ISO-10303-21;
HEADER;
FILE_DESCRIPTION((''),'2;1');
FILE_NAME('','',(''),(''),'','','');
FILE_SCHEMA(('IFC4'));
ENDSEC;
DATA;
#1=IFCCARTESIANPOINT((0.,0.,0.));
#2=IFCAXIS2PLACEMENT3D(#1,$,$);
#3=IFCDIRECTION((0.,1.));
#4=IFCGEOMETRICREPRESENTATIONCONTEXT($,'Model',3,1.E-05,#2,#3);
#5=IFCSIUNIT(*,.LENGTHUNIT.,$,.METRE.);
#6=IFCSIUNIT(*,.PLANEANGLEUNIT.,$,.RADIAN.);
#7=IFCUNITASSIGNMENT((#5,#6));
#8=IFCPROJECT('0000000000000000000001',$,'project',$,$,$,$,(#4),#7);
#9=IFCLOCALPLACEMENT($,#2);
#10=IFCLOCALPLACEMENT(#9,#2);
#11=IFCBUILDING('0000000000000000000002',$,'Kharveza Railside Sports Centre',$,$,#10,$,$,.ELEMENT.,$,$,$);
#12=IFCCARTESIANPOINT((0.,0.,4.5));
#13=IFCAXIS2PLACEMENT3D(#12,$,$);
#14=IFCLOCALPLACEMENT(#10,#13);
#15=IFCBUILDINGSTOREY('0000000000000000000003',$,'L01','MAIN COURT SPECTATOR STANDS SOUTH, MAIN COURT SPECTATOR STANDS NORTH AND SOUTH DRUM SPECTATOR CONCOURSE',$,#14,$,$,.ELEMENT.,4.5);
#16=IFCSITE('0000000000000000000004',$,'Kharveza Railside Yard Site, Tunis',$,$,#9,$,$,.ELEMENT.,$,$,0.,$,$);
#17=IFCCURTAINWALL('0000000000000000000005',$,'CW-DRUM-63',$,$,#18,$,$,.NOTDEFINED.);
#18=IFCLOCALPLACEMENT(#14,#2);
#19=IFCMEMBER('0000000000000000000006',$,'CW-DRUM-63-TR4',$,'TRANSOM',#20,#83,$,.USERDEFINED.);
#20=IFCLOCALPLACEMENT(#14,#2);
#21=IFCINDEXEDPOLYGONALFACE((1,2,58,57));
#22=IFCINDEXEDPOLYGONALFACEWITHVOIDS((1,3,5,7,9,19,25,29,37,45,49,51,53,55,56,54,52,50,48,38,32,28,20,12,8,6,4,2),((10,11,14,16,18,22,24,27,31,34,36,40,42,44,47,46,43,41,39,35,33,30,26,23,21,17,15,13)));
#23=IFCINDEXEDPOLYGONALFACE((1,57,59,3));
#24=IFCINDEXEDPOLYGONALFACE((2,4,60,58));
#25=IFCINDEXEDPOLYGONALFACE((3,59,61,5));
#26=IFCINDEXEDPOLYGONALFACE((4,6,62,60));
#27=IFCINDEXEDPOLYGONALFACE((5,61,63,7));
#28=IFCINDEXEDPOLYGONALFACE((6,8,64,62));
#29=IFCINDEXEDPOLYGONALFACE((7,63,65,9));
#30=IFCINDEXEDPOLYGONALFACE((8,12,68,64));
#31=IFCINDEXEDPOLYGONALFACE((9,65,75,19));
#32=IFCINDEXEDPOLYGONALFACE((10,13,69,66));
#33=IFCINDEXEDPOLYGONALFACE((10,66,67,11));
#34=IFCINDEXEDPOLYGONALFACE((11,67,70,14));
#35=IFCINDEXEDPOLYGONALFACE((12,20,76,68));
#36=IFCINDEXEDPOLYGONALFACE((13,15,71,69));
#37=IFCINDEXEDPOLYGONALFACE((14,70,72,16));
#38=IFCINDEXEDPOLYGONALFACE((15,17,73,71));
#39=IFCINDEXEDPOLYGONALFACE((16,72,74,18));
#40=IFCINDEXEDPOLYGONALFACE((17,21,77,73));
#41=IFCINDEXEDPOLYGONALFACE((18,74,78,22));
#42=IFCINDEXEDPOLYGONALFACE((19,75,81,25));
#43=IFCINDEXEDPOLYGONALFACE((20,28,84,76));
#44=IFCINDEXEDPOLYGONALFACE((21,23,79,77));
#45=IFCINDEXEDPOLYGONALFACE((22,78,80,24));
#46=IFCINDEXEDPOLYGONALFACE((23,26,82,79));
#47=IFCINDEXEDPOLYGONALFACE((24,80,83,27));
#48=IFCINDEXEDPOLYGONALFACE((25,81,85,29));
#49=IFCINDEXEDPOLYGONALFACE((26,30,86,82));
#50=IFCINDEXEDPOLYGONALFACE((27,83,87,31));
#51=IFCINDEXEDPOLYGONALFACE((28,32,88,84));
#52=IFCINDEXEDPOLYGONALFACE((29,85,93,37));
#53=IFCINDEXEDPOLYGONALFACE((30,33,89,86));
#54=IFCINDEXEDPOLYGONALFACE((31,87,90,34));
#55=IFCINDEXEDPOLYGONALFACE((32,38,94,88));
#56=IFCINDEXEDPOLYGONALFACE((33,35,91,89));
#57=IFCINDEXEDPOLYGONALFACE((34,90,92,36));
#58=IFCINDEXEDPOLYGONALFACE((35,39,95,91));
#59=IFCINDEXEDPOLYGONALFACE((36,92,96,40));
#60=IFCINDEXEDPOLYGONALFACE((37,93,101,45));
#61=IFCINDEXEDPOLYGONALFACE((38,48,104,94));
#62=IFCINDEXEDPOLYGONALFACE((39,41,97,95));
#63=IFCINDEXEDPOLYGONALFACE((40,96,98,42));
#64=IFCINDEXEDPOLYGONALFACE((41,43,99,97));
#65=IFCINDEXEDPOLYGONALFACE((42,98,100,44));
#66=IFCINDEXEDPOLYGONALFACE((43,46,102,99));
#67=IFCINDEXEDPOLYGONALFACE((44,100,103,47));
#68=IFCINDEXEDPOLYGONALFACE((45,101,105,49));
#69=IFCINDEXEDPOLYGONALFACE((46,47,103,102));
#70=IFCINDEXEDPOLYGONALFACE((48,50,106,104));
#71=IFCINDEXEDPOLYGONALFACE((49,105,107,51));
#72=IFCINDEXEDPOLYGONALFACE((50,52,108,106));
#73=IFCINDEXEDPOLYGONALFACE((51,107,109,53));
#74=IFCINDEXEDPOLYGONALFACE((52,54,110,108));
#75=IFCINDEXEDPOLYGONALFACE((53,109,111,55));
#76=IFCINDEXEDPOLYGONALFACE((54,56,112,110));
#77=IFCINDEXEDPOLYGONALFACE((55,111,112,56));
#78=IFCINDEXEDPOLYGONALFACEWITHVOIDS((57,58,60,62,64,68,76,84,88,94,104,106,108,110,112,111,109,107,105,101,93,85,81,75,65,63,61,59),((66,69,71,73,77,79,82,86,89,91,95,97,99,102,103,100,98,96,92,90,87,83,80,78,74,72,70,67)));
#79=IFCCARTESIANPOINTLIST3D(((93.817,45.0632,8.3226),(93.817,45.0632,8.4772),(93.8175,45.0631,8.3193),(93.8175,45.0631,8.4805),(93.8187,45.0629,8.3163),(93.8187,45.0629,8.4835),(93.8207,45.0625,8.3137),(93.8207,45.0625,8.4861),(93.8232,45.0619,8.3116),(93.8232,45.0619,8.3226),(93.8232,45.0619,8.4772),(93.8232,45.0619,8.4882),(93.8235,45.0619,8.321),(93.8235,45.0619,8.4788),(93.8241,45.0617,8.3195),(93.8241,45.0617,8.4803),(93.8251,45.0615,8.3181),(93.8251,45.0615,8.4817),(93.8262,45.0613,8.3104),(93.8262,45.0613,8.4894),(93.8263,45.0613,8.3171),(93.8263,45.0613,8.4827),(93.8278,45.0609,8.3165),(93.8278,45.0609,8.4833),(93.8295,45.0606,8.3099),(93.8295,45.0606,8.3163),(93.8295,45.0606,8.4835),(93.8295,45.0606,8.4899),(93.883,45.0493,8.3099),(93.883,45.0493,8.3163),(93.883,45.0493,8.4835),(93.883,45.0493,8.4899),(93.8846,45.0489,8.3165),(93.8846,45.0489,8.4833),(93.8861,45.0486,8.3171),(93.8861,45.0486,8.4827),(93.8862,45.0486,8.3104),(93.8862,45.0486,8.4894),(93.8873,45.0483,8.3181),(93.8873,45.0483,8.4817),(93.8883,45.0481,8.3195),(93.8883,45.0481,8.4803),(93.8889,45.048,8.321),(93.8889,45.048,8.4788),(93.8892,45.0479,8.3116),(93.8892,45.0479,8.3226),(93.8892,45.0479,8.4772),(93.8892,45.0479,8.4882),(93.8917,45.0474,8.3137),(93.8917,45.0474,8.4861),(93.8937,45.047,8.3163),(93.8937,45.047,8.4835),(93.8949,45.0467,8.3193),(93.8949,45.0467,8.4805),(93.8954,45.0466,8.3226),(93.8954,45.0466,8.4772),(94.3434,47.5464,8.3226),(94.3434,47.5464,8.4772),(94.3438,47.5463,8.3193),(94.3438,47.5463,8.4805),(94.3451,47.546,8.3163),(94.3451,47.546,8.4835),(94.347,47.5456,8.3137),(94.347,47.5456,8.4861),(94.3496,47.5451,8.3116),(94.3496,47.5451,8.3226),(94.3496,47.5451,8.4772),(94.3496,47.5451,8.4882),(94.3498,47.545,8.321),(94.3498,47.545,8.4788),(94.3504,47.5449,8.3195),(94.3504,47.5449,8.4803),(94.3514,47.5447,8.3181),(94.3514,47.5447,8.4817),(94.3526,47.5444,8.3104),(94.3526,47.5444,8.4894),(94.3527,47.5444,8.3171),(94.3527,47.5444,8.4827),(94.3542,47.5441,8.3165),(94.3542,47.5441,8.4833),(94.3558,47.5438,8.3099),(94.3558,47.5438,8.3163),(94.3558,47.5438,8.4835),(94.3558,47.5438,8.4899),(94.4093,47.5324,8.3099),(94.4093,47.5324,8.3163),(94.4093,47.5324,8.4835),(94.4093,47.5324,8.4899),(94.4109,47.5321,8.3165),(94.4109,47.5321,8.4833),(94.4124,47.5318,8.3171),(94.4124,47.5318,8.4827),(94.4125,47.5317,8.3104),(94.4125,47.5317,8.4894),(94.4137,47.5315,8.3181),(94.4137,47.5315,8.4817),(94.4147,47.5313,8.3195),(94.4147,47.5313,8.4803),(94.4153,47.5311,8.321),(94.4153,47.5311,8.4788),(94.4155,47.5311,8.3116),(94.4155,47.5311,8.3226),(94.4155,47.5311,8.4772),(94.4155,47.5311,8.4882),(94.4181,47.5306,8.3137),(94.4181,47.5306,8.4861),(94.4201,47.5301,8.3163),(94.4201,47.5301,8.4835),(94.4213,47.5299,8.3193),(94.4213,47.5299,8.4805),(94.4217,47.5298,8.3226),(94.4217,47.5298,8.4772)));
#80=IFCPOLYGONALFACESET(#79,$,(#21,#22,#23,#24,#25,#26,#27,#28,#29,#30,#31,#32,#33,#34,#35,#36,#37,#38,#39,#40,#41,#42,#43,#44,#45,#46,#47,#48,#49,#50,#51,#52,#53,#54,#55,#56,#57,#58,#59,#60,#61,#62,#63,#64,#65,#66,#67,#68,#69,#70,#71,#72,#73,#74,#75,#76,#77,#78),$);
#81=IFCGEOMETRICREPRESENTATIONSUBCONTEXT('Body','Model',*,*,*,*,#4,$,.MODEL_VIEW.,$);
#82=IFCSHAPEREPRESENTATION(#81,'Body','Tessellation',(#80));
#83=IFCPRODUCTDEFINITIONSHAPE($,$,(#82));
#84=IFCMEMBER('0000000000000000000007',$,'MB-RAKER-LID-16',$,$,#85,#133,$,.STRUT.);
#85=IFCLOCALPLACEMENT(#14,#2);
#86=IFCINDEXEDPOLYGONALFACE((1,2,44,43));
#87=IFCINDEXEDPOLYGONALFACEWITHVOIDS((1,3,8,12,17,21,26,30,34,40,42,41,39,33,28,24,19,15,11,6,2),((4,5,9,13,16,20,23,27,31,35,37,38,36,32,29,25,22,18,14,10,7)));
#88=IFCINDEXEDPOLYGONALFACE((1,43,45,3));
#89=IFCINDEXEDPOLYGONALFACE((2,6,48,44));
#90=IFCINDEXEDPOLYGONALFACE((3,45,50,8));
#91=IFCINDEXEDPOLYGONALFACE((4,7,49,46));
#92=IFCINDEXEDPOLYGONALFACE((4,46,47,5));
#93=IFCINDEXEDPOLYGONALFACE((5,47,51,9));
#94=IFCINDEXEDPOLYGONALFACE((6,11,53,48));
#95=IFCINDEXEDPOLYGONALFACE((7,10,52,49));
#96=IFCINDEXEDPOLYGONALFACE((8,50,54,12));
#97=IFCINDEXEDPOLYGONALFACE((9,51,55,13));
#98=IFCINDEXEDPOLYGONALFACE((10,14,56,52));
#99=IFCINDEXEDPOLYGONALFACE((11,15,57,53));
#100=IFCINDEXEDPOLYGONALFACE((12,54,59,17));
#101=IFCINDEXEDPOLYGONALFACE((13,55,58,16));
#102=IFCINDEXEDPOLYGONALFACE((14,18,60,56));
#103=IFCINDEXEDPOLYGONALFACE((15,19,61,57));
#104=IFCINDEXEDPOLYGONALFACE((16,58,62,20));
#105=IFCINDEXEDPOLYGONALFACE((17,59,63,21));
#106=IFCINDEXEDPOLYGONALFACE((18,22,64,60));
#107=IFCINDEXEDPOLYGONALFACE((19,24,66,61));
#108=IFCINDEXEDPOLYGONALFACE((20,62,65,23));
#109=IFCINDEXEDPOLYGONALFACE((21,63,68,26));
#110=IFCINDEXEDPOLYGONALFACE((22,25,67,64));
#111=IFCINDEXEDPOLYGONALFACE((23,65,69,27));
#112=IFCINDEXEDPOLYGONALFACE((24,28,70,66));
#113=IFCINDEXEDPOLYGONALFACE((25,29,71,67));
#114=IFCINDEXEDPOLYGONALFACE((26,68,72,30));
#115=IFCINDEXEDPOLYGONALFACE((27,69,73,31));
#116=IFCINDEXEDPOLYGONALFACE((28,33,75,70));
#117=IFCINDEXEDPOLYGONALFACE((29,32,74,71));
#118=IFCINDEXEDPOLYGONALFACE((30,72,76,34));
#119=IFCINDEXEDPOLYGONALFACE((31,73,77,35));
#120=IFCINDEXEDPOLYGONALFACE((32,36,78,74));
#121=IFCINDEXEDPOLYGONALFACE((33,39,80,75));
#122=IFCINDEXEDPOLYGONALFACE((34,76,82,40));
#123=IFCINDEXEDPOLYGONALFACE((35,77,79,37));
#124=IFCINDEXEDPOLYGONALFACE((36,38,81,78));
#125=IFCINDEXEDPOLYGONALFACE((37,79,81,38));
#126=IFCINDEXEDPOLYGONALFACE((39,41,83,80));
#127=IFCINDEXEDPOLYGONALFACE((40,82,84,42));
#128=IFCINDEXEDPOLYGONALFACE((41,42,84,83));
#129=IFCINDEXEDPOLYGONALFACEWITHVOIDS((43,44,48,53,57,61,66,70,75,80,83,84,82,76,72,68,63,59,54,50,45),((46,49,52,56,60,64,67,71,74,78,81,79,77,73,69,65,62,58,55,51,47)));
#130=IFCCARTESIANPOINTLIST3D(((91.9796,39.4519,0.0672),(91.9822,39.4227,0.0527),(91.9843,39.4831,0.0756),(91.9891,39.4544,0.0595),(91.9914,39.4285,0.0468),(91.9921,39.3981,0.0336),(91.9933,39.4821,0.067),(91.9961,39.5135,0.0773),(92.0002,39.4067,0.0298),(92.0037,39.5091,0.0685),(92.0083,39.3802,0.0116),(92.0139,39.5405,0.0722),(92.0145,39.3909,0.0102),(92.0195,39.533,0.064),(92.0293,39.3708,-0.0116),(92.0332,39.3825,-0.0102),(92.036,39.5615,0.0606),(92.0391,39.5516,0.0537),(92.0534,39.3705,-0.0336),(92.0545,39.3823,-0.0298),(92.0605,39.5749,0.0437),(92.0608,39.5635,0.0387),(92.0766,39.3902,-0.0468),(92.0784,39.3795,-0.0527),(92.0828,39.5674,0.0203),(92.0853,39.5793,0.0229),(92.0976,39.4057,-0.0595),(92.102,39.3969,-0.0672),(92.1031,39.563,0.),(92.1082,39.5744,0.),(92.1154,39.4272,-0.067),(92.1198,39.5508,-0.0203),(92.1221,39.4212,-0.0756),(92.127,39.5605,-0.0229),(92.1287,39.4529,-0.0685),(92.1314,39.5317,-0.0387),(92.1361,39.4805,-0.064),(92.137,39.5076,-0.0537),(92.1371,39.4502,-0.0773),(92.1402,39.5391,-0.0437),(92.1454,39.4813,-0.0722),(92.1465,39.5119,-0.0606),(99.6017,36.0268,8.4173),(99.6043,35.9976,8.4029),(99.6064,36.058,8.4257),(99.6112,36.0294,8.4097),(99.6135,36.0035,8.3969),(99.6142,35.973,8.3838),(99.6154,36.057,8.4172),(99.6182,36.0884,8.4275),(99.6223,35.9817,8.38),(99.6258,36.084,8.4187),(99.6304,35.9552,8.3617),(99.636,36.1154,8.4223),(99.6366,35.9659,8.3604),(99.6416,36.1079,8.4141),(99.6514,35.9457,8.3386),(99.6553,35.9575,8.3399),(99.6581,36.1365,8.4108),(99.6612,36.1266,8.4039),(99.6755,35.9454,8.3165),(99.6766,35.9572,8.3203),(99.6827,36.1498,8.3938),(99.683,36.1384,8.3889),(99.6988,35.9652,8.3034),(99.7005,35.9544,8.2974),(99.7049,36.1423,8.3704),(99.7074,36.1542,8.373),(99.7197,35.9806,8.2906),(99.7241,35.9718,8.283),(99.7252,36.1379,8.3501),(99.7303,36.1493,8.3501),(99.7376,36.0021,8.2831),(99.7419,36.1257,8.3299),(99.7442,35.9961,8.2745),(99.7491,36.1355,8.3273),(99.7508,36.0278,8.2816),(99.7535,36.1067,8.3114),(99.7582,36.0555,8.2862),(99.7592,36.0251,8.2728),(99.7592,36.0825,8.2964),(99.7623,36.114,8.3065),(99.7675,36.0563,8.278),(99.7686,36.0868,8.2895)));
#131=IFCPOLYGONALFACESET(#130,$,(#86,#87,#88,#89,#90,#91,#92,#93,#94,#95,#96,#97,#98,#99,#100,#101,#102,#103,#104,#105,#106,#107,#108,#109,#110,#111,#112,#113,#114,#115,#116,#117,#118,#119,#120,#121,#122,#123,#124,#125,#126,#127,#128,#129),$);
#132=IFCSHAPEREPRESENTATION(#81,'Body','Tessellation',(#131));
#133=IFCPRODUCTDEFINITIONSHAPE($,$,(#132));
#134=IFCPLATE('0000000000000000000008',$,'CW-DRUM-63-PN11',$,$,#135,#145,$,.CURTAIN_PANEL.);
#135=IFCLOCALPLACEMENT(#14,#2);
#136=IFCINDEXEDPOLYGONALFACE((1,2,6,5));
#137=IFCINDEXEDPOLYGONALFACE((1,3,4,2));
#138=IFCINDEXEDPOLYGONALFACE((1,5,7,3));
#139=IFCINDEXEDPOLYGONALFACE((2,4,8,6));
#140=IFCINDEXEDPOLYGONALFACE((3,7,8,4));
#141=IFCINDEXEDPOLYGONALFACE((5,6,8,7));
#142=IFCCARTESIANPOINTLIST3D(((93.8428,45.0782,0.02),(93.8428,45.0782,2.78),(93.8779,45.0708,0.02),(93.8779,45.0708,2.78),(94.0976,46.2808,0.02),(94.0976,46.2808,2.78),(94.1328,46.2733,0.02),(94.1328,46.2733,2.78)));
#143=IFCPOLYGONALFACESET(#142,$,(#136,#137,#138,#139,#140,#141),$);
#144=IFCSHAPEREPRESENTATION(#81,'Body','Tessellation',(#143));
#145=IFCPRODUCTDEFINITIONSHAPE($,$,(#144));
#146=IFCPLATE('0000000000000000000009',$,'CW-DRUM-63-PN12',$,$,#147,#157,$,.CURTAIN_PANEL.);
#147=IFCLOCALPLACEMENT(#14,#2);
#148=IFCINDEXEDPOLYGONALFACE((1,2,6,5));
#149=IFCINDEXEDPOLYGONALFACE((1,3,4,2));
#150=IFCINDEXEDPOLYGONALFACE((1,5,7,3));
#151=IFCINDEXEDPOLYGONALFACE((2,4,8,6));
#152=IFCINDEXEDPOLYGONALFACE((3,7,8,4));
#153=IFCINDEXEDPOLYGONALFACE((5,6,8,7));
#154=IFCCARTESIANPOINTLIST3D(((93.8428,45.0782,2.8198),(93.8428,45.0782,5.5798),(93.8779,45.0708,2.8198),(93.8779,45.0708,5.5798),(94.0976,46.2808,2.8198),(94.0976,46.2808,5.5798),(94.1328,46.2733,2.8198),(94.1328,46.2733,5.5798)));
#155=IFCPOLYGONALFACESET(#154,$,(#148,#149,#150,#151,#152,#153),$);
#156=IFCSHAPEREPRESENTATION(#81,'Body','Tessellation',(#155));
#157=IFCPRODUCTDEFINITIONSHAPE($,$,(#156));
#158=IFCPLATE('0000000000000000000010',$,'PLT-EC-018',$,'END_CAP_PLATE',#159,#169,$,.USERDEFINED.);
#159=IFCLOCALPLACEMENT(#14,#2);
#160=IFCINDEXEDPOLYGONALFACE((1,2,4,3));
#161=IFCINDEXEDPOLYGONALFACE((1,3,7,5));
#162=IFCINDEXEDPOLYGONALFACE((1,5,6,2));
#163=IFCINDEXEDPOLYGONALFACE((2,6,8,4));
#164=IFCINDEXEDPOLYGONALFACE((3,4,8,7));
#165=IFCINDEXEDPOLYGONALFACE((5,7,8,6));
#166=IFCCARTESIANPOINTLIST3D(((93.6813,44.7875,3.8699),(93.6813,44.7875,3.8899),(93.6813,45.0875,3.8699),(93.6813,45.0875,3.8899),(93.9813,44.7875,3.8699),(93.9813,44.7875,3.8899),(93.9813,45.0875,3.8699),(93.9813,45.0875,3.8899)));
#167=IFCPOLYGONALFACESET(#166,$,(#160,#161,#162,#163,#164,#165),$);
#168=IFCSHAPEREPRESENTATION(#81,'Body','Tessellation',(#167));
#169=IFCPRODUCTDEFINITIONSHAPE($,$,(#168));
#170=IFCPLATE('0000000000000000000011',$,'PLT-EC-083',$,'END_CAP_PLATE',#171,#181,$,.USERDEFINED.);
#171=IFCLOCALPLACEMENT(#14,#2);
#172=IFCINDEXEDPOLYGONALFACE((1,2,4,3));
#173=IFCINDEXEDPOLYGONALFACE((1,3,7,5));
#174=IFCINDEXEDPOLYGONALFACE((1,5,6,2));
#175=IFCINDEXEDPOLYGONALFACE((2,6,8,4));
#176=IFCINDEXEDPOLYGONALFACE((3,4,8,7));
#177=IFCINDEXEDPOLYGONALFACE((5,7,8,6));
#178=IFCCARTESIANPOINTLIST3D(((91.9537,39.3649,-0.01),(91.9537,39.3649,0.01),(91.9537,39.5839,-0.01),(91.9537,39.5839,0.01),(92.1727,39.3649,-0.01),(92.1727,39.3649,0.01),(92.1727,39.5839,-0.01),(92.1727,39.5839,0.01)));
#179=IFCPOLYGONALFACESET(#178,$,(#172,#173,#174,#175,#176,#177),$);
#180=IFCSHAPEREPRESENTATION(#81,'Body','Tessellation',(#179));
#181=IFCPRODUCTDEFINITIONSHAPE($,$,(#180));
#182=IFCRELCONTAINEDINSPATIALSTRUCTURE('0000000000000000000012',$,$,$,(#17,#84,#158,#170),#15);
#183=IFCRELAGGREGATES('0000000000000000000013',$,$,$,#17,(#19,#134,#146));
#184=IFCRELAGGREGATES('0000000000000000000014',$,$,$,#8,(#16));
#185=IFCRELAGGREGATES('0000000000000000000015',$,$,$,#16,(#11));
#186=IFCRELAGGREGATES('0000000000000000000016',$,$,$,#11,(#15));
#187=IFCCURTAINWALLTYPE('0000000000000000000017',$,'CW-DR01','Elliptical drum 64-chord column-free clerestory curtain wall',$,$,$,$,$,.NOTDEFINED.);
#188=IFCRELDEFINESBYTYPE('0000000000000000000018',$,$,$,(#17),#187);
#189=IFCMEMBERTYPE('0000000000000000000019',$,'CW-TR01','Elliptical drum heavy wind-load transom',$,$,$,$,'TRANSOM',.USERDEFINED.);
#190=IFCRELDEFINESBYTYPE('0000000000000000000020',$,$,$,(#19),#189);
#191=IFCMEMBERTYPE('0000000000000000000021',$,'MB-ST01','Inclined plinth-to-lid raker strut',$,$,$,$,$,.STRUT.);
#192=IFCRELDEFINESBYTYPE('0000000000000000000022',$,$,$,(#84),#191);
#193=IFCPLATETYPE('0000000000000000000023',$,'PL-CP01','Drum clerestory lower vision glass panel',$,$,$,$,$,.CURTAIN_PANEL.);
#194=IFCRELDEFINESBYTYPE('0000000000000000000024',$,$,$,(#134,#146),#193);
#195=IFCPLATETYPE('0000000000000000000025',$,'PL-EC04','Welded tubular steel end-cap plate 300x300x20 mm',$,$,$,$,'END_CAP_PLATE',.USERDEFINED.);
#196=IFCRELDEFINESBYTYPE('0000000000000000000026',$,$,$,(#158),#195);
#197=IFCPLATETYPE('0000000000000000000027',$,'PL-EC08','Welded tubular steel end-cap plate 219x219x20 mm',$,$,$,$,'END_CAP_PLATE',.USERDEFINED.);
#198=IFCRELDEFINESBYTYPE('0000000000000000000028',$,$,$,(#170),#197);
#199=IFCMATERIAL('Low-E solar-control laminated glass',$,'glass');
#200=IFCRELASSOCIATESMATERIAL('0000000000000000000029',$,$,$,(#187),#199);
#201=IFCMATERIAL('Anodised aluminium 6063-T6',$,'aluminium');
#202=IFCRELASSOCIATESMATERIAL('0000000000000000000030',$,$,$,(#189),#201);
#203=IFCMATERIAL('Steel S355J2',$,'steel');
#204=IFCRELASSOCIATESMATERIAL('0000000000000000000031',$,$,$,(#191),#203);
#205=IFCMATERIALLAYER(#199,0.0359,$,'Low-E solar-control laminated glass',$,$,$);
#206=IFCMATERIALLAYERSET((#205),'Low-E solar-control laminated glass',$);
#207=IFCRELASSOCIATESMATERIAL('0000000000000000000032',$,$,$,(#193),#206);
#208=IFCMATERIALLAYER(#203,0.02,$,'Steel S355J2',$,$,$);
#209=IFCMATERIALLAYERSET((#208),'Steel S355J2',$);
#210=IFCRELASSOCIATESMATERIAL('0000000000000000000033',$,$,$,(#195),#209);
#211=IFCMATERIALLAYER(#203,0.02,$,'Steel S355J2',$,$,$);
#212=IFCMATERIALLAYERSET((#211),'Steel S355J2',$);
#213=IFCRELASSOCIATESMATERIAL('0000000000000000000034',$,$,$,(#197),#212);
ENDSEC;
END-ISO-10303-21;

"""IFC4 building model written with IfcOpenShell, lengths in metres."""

from ifc_helpers import new_model, si_unit, direction, frame, origin, origin_2d, place, context, subcontext, project, spatial, rectangle, hollow_rectangle, hollow_circle, extrude, material, layer, layer_set, material_profile, profile_set, type_object, element, aggregate, save


model = new_model("IFC4")

# Units and contexts
model_context = context("Model", 3, precision=1e-05, world=origin(), true_north=direction((0.0, 1.0)))
body_context = subcontext(model_context, "Body", "Model", "MODEL_VIEW")
ifc_project = project(units=[si_unit("LENGTHUNIT", "METRE"), si_unit("PLANEANGLEUNIT", "RADIAN")], contexts=[model_context])

# Site, building, storey
site_placement = place(None, origin())
site = spatial("IfcSite", under=ifc_project, at=site_placement, Name="Kharveza Railside Yard Site, Tunis", CompositionType="ELEMENT", RefElevation=0.0)
building_placement = place(site_placement, origin())
building = spatial("IfcBuilding", under=site, at=building_placement, Name="Kharveza Railside Sports Centre", CompositionType="ELEMENT")
storey_placement = place(building_placement, frame((0.0, 0.0, 4.5)))
storey = spatial("IfcBuildingStorey", under=building, at=storey_placement, Name="L01", Description="MAIN COURT SPECTATOR STANDS SOUTH, MAIN COURT SPECTATOR STANDS NORTH AND SOUTH DRUM SPECTATOR CONCOURSE", CompositionType="ELEMENT", Elevation=4.5)

# Shared definitions
ifc_material_1 = material(Name="Steel S355J2", Category="steel")

# Curtain wall, member
ifc_material_2 = material(Name="Low-E solar-control laminated glass", Category="glass")
curtain_wall_type = type_object("IfcCurtainWallType", Name="CW-DR01", Description="Elliptical drum 64-chord column-free clerestory curtain wall", PredefinedType="NOTDEFINED", material=ifc_material_2)
curtain_wall_placement = place(storey_placement, origin())
curtain_wall = element("IfcCurtainWall", 1, at=curtain_wall_placement, inside=storey, type_object=curtain_wall_type, Name="CW-DRUM-63", PredefinedType="NOTDEFINED")
ifc_material_3 = material(Name="Anodised aluminium 6063-T6", Category="aluminium")
ifc_material_profile_1 = material_profile(ifc_material_3, hollow_rectangle(XDim=0.0801, YDim=0.1799, WallThickness=0.0063, InnerFilletRadius=0.0063, OuterFilletRadius=0.0127, at=origin_2d()), Name="RHS 80x180x6.3")
ifc_profile_set_1 = profile_set([ifc_material_profile_1], Name="Anodised aluminium 6063-T6")
member_type_1 = type_object("IfcMemberType", Name="CW-TR01", Description="Elliptical drum heavy wind-load transom", ElementType="TRANSOM", PredefinedType="USERDEFINED", material=ifc_profile_set_1)
member_1_placement = place(storey_placement, frame((93.8562, 45.0549, 8.3999), z_axis=(0.207368, 0.978263, 0.0), x_axis=(-0.978263, 0.207368, 0.0)))
member_1 = element("IfcMember", 2, at=member_1_placement, type_object=member_type_1, Name="CW-DRUM-63-TR4", ObjectType="TRANSOM", PredefinedType="USERDEFINED", context=body_context, shape_type="SweptSolid", body=[
    extrude(hollow_rectangle(XDim=0.0801, YDim=0.1799, WallThickness=0.0063, InnerFilletRadius=0.0063, OuterFilletRadius=0.0127, at=origin_2d()), origin(), (0.0, 0.0, 1.0), 2.5383),
])

# Member
ifc_material_profile_2 = material_profile(ifc_material_1, hollow_circle(Radius=0.1096, WallThickness=0.0125, at=origin_2d()), Name="CHS 219.1x12.5")
ifc_profile_set_2 = profile_set([ifc_material_profile_2], Name="Steel S355J2")
member_type_2 = type_object("IfcMemberType", Name="MB-ST01", Description="Inclined plinth-to-lid raker strut", PredefinedType="STRUT", material=ifc_profile_set_2)
member_2_placement = place(storey_placement, frame((92.0632, 39.4744, 0.0), z_axis=(0.645218, -0.289935, 0.706846), x_axis=(0.409879, 0.91214, 0.0)))
element("IfcMember", 3, at=member_2_placement, inside=storey, type_object=member_type_2, Name="MB-RAKER-LID-16", PredefinedType="STRUT", context=body_context, shape_type="SweptSolid", body=[
    extrude(hollow_circle(Radius=0.1096, WallThickness=0.0125, at=origin_2d()), origin(), (0.0, 0.0, 1.0), 11.8132),
])

# Plates
ifc_layer_1 = layer(ifc_material_2, 0.0359, Name="Low-E solar-control laminated glass")
ifc_layer_set_1 = layer_set([ifc_layer_1], Name="Low-E solar-control laminated glass")
plate_type_1 = type_object("IfcPlateType", Name="PL-CP01", Description="Drum clerestory lower vision glass panel", PredefinedType="CURTAIN_PANEL", material=ifc_layer_set_1)
plate_1_placement = place(storey_placement, frame((93.9878, 45.6758, 0.02), z_axis=(0.0, 0.0, 1.0), x_axis=(0.207297, 0.978278, 0.0)))
plate_1 = element("IfcPlate", 4, at=plate_1_placement, type_object=plate_type_1, Name="CW-DRUM-63-PN11", PredefinedType="CURTAIN_PANEL", context=body_context, shape_type="SweptSolid", body=[
    extrude(rectangle(XDim=1.2292, YDim=0.0359, at=origin_2d()), origin(), (0.0, 0.0, 1.0), 2.76),
])
plate_2_placement = place(storey_placement, frame((93.9878, 45.6758, 2.8198), z_axis=(0.0, 0.0, 1.0), x_axis=(0.207297, 0.978278, 0.0)))
plate_2 = element("IfcPlate", 5, at=plate_2_placement, type_object=plate_type_1, Name="CW-DRUM-63-PN12", PredefinedType="CURTAIN_PANEL", context=body_context, shape_type="SweptSolid", body=[
    extrude(rectangle(XDim=1.2292, YDim=0.0359, at=origin_2d()), origin(), (0.0, 0.0, 1.0), 2.76),
])
aggregate(curtain_wall, [member_1, plate_1, plate_2])

# Plates
ifc_layer_2 = layer(ifc_material_1, 0.02, Name="Steel S355J2")
ifc_layer_set_2 = layer_set([ifc_layer_2], Name="Steel S355J2")
plate_type_2 = type_object("IfcPlateType", Name="PL-EC04", Description="Welded tubular steel end-cap plate 300x300x20 mm", ElementType="END_CAP_PLATE", PredefinedType="USERDEFINED", material=ifc_layer_set_2)
plate_3_placement = place(storey_placement, frame((93.8313, 44.9375, 3.8699), z_axis=(0.0, 0.0, 1.0), x_axis=(1.0, 0.0, 0.0)))
element("IfcPlate", 6, at=plate_3_placement, inside=storey, type_object=plate_type_2, Name="PLT-EC-018", ObjectType="END_CAP_PLATE", PredefinedType="USERDEFINED", context=body_context, shape_type="SweptSolid", body=[
    extrude(rectangle(XDim=0.3, YDim=0.3, at=origin_2d()), origin(), (0.0, 0.0, 1.0), 0.02),
])
ifc_layer_3 = layer(ifc_material_1, 0.02, Name="Steel S355J2")
ifc_layer_set_3 = layer_set([ifc_layer_3], Name="Steel S355J2")
plate_type_3 = type_object("IfcPlateType", Name="PL-EC08", Description="Welded tubular steel end-cap plate 219x219x20 mm", ElementType="END_CAP_PLATE", PredefinedType="USERDEFINED", material=ifc_layer_set_3)
plate_4_placement = place(storey_placement, frame((92.0632, 39.4744, -0.01), z_axis=(0.0, 0.0, 1.0), x_axis=(1.0, 0.0, 0.0)))
element("IfcPlate", 7, at=plate_4_placement, inside=storey, type_object=plate_type_3, Name="PLT-EC-083", ObjectType="END_CAP_PLATE", PredefinedType="USERDEFINED", context=body_context, shape_type="SweptSolid", body=[
    extrude(rectangle(XDim=0.219, YDim=0.219, at=origin_2d()), origin(), (0.0, 0.0, 1.0), 0.02),
])

save(model, "model.ifc")
